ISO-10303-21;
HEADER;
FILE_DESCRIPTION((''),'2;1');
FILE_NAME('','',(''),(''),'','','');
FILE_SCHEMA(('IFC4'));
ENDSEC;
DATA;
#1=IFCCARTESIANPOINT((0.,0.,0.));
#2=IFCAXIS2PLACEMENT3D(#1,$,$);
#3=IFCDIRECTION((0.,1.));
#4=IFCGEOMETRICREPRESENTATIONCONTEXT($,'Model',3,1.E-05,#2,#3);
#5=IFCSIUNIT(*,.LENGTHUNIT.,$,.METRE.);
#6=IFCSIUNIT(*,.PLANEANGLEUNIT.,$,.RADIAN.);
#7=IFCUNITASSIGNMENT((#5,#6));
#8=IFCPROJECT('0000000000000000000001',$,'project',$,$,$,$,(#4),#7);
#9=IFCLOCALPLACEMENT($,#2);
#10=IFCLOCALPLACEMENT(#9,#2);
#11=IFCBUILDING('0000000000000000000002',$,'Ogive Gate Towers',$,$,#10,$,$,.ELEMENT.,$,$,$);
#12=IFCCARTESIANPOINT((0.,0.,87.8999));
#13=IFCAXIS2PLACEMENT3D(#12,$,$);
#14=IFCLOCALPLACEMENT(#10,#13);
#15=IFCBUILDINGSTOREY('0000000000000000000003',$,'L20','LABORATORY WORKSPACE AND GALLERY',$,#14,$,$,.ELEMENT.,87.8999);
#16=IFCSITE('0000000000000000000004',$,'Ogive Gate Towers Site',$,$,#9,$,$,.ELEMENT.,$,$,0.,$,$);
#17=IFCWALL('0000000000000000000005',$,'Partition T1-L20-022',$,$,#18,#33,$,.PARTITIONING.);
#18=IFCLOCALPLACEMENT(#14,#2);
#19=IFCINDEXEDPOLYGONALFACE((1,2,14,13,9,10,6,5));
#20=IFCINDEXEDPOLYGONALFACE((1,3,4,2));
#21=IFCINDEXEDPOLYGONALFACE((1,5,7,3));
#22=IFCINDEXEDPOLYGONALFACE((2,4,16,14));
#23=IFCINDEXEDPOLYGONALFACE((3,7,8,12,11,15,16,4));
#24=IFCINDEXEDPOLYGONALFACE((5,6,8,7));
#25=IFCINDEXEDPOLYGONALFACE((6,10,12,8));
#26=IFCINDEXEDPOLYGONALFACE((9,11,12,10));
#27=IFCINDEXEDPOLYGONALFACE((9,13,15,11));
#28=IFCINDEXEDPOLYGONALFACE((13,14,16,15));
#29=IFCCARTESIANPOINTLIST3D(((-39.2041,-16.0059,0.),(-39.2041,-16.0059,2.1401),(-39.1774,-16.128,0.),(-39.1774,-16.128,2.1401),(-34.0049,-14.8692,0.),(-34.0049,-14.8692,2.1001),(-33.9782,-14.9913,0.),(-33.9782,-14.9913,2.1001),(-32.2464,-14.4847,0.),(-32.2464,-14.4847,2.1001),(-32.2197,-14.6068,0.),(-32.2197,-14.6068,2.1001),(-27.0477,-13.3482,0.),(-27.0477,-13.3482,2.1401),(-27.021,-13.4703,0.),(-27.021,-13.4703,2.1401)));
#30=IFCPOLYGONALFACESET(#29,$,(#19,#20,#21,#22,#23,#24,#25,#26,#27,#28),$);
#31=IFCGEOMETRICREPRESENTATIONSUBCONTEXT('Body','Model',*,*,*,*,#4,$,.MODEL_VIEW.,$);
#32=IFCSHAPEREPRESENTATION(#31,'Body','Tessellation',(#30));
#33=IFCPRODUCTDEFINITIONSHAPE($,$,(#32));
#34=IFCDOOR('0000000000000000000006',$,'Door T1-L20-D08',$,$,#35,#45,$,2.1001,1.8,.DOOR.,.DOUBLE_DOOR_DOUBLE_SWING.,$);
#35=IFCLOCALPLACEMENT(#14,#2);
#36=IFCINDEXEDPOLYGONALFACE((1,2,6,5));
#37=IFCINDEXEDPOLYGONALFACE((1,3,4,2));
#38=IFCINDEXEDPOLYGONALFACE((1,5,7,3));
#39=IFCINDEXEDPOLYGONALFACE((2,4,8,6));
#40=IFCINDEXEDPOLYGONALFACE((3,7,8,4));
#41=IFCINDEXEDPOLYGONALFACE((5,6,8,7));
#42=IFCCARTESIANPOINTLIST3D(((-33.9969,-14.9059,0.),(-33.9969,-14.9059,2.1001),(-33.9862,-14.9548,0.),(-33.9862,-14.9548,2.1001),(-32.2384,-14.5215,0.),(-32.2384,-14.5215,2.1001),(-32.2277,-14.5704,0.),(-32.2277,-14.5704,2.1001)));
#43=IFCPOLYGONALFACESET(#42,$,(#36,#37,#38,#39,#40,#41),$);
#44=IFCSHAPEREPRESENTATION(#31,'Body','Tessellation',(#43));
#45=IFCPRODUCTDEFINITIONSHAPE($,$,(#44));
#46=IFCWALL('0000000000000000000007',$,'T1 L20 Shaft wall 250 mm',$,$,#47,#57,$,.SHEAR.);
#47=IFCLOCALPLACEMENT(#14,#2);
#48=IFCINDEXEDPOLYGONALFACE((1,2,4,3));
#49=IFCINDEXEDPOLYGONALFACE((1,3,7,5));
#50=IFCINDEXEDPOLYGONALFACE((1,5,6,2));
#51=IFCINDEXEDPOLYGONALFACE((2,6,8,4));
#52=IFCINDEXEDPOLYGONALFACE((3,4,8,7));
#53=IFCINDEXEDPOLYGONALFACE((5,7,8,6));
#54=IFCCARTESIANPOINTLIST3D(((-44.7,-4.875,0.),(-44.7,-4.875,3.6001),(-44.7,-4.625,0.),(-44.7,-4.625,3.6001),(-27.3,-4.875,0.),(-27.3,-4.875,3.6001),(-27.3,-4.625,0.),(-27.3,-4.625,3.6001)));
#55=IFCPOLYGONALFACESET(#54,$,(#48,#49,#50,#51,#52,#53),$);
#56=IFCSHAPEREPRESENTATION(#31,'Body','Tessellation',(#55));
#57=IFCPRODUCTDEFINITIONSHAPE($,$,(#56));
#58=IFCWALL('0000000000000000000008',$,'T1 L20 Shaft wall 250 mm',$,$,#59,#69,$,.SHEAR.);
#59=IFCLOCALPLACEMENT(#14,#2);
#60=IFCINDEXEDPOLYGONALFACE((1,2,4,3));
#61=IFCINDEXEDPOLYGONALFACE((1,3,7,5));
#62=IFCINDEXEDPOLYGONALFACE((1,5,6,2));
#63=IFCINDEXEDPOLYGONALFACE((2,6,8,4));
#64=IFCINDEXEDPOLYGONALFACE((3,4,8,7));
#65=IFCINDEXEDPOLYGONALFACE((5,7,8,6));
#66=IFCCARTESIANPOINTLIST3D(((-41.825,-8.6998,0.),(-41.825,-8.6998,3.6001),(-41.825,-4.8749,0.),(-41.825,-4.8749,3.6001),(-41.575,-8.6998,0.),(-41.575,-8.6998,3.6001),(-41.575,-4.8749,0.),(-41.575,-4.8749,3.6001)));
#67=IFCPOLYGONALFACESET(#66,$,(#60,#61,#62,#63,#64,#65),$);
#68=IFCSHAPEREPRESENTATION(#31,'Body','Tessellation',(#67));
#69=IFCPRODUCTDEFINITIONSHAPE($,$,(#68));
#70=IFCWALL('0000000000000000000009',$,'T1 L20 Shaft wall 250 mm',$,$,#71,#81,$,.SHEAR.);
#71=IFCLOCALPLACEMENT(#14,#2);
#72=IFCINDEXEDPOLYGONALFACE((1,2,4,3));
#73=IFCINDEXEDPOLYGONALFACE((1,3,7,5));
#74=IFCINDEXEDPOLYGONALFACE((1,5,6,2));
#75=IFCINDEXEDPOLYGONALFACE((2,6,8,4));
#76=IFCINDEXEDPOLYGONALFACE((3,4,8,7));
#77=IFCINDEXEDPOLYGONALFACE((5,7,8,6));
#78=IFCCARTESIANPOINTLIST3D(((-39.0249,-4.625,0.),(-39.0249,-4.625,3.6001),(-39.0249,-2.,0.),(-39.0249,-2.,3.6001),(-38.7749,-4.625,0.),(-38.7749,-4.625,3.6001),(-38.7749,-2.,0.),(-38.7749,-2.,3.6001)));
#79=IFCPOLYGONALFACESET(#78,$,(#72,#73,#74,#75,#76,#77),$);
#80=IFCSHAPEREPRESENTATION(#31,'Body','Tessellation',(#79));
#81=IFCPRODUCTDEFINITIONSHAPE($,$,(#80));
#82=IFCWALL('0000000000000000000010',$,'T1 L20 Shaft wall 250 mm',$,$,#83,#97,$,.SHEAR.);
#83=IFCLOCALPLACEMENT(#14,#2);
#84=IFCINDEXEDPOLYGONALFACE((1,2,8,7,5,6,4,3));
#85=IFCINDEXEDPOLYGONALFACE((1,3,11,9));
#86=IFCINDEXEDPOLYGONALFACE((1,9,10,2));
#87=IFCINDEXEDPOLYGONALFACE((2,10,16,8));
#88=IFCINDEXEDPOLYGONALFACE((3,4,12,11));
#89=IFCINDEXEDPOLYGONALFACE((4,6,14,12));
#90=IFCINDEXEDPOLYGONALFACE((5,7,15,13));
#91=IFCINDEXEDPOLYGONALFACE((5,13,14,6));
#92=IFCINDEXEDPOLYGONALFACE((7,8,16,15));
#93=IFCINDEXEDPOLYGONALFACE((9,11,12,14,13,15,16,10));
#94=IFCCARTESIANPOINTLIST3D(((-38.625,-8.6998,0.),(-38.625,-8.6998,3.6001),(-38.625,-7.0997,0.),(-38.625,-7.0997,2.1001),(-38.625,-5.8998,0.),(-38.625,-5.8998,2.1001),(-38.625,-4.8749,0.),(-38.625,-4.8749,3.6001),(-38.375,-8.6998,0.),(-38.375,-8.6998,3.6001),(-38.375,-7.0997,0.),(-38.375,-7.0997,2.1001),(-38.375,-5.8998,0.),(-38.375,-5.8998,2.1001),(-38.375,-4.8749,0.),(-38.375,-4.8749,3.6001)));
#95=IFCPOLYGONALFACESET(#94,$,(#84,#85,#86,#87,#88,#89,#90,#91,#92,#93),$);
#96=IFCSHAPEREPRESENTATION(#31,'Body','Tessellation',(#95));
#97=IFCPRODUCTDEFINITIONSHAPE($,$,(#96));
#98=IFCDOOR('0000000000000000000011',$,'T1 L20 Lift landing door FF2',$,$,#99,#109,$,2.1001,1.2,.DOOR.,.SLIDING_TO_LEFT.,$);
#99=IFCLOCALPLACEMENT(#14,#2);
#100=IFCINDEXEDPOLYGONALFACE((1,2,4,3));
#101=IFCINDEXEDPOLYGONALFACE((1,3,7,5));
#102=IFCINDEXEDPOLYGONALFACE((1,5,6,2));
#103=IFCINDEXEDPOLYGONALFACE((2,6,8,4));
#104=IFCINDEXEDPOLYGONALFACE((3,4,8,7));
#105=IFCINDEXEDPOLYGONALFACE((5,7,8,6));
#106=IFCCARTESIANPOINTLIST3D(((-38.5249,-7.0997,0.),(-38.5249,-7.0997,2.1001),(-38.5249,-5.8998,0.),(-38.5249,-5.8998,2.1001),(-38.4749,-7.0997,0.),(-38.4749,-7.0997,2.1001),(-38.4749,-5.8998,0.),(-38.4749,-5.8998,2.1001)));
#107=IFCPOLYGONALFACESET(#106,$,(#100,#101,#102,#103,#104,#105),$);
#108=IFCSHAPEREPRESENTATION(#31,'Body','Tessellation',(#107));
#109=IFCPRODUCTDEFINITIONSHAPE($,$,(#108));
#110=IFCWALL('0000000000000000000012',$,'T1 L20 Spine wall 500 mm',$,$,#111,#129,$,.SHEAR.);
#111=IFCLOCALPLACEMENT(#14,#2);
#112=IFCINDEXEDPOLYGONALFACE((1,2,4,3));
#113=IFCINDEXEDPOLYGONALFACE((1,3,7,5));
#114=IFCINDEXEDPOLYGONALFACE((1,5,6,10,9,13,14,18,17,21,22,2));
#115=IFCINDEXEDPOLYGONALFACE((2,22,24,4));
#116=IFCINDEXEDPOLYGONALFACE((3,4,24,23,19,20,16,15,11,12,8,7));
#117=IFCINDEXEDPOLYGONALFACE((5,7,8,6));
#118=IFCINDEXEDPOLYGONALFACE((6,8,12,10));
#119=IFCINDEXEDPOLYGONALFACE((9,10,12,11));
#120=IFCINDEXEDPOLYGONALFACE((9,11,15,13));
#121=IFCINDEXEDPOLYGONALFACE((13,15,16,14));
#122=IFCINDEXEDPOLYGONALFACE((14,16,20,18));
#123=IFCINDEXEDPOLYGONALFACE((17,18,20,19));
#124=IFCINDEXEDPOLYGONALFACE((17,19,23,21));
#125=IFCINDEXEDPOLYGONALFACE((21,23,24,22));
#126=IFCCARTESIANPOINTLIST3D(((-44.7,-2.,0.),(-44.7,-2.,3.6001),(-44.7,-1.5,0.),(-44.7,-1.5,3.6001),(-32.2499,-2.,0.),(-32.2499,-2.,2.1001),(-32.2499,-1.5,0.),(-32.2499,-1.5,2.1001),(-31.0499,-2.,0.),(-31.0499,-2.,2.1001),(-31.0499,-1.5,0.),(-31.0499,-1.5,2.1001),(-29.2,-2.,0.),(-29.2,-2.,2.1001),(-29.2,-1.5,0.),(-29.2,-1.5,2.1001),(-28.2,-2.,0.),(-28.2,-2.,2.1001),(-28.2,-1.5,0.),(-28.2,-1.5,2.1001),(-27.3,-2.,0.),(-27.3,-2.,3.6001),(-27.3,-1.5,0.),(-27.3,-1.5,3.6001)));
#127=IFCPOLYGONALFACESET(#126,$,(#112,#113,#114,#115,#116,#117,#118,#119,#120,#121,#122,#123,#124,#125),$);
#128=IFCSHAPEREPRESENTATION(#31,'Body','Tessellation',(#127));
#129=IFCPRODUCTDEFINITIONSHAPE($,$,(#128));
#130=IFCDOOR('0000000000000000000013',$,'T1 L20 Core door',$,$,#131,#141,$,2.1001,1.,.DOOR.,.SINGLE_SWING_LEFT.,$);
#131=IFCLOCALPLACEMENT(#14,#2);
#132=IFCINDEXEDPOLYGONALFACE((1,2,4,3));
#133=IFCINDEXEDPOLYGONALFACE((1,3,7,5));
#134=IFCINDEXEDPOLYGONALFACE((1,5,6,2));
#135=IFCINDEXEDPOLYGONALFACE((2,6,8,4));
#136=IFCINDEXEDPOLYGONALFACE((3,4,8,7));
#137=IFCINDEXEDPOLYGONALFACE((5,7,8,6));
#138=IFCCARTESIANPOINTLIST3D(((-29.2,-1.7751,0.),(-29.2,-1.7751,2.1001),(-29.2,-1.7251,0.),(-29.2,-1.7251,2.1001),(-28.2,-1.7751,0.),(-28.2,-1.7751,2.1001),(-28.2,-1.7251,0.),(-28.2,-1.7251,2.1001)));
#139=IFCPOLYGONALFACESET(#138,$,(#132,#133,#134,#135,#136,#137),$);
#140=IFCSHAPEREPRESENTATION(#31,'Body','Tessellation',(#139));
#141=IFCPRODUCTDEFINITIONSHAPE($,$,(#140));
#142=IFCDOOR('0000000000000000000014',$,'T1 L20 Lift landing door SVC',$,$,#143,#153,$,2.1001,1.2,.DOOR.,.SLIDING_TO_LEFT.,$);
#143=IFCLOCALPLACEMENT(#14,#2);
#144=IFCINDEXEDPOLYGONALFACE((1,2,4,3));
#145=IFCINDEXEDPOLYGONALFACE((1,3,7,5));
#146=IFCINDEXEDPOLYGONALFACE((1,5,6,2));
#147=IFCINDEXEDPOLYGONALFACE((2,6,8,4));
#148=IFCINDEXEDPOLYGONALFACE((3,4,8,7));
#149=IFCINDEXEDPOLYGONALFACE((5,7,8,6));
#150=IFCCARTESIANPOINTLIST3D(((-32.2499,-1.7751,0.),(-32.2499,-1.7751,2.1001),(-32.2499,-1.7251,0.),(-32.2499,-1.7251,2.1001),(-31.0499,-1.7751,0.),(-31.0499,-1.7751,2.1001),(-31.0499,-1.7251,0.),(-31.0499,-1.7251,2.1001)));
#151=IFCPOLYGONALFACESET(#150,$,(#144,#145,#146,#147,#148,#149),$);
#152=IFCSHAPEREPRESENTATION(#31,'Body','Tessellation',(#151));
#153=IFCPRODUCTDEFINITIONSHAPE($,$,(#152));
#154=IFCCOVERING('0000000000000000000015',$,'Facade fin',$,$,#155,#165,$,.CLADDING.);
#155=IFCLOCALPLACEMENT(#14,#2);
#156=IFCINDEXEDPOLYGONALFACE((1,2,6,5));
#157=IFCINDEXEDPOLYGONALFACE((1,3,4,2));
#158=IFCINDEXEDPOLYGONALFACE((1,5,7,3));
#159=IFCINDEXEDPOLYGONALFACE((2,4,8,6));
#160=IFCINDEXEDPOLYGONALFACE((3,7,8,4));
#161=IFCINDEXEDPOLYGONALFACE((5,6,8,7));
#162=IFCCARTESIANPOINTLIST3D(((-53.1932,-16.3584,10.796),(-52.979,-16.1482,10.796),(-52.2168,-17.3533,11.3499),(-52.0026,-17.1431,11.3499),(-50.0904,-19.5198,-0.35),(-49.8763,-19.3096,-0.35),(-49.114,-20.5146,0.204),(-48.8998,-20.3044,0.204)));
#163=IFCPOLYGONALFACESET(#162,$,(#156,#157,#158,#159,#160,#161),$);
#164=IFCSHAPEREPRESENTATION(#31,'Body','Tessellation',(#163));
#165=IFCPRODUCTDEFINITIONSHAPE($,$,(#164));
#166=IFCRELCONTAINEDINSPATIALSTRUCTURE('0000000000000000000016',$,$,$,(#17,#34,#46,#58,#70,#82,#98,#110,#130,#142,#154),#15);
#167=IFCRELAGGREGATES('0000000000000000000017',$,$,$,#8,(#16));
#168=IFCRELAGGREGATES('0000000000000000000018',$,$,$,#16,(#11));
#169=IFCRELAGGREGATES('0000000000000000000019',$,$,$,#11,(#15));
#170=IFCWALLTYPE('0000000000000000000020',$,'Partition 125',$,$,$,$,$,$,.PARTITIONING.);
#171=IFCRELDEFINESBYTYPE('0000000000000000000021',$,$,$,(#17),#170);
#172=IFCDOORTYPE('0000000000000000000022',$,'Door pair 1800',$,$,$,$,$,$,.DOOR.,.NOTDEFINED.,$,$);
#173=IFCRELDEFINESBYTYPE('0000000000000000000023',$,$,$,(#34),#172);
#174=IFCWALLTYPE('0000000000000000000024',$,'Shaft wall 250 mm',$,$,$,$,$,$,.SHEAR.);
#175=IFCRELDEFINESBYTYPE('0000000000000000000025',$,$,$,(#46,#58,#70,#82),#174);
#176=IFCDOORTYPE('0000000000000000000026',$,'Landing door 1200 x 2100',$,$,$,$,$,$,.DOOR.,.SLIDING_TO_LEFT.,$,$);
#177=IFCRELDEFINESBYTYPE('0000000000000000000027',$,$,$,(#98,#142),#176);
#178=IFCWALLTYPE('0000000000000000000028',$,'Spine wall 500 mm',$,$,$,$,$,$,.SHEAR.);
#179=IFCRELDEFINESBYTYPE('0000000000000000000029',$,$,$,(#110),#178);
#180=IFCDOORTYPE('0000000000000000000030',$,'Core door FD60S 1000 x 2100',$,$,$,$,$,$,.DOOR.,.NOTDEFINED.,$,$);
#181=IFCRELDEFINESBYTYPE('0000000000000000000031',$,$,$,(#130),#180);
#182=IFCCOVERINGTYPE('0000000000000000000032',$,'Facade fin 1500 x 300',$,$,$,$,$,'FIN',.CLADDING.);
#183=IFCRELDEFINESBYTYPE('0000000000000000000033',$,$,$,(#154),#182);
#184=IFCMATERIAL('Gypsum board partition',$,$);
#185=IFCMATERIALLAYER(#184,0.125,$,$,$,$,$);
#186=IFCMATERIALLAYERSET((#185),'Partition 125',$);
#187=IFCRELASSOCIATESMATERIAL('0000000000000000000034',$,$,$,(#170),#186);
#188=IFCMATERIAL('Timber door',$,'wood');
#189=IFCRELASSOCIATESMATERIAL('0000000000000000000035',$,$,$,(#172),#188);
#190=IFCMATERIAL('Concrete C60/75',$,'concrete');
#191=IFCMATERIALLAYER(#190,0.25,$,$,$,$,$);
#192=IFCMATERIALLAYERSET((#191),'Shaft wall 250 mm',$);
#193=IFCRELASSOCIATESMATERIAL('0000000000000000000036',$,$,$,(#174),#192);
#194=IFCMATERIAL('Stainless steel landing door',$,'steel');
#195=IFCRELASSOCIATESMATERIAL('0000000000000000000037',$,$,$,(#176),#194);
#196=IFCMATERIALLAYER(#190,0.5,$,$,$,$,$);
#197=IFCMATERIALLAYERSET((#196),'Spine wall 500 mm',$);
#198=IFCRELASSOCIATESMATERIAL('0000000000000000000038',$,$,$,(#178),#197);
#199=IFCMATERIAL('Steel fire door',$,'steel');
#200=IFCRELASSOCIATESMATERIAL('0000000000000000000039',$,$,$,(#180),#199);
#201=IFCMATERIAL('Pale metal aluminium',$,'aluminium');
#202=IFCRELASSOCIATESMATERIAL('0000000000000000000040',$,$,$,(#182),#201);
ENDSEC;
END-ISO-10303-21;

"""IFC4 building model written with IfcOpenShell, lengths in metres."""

from ifc_helpers import new_model, si_unit, direction, frame, frame_2d, origin, origin_2d, place, context, subcontext, project, spatial, rectangle, extrude, material, layer, layer_set, material_profile, profile_set, type_object, element, fill, save


model = new_model("IFC4")

# Units and contexts
model_context = context("Model", 3, precision=1e-05, world=origin(), true_north=direction((0.0, 1.0)))
body_context = subcontext(model_context, "Body", "Model", "MODEL_VIEW")
ifc_project = project(units=[si_unit("LENGTHUNIT", "METRE"), si_unit("PLANEANGLEUNIT", "RADIAN")], contexts=[model_context])

# Site, building, storey
site_placement = place(None, origin())
site = spatial("IfcSite", under=ifc_project, at=site_placement, Name="Ogive Gate Towers Site", CompositionType="ELEMENT", RefElevation=0.0)
building_placement = place(site_placement, origin())
building = spatial("IfcBuilding", under=site, at=building_placement, Name="Ogive Gate Towers", CompositionType="ELEMENT")
storey_placement = place(building_placement, frame((0.0, 0.0, 87.8999)))
storey = spatial("IfcBuildingStorey", under=building, at=storey_placement, Name="L20", Description="LABORATORY WORKSPACE AND GALLERY", CompositionType="ELEMENT", Elevation=87.8999)

# Shared definitions
ifc_material_1 = material(Name="Pale metal aluminium", Category="aluminium")

# Shared definitions
ifc_material_2 = material(Name="Concrete C60/75", Category="concrete")
ifc_material_3 = material(Name="Timber door", Category="wood")
ifc_material_4 = material(Name="Steel fire door", Category="steel")

# Wall, opening, door
ifc_material_5 = material(Name="Gypsum board partition")
ifc_layer_1 = layer(ifc_material_5, 0.125)
ifc_layer_set_1 = layer_set([ifc_layer_1], Name="Partition 125")
wall_type_1 = type_object("IfcWallType", Name="Partition 125", PredefinedType="PARTITIONING", material=ifc_layer_set_1)
door_type_1 = type_object("IfcDoorType", Name="Door pair 1800", OperationType="NOTDEFINED", PredefinedType="DOOR", material=ifc_material_3)
wall_1_placement = place(storey_placement, frame((-39.1907, -16.0669, 0.0), z_axis=(0.0, 0.0, 1.0), x_axis=(0.976925, 0.21358, 0.0)))
wall_1 = element("IfcWall", 1, at=wall_1_placement, inside=storey, type_object=wall_type_1, Name="Partition T1-L20-022", PredefinedType="PARTITIONING", context=body_context, shape_type="SweptSolid", body=[
    extrude(rectangle(XDim=12.4436, YDim=0.125, at=frame_2d((6.2217, 0.0))), origin(), (0.0, 0.0, 1.0), 2.1401),
])
opening_1_placement = place(wall_1_placement, frame((5.322, 0.0, 0.0)))
opening_1 = element("IfcOpeningElement", 2, at=opening_1_placement, cuts=wall_1, PredefinedType="OPENING", context=body_context, shape_type="SweptSolid", body=[
    extrude(rectangle(XDim=1.8, YDim=2.1001, at=frame_2d((0.8999, 1.05))), frame((0.0, 0.0725, 0.0), z_axis=(0.0, -1.0, 0.0), x_axis=(1.0, 0.0, 0.0)), (0.0, 0.0, 1.0), 0.145),
])
door_1_placement = place(opening_1_placement, origin())
door_1 = element("IfcDoor", 3, at=door_1_placement, inside=storey, type_object=door_type_1, Name="Door T1-L20-D08", OperationType="DOUBLE_DOOR_DOUBLE_SWING", OverallHeight=2.1001, OverallWidth=1.8, PredefinedType="DOOR", context=body_context, shape_type="SweptSolid", body=[
    extrude(rectangle(XDim=1.8, YDim=2.1001, at=frame_2d((0.8999, 1.05))), frame((0.0, 0.0249, 0.0), z_axis=(0.0, -1.0, 0.0), x_axis=(1.0, 0.0, 0.0)), (0.0, 0.0, 1.0), 0.05),
])
fill(opening_1, door_1)

# Walls
ifc_layer_2 = layer(ifc_material_2, 0.25)
ifc_layer_set_2 = layer_set([ifc_layer_2], Name="Shaft wall 250 mm")
wall_type_2 = type_object("IfcWallType", Name="Shaft wall 250 mm", PredefinedType="SHEAR", material=ifc_layer_set_2)
wall_2_placement = place(storey_placement, frame((-44.7, -4.75, 0.0), z_axis=(0.0, 0.0, 1.0), x_axis=(1.0, 0.0, 0.0)))
element("IfcWall", 4, at=wall_2_placement, inside=storey, type_object=wall_type_2, Name="T1 L20 Shaft wall 250 mm", PredefinedType="SHEAR", context=body_context, shape_type="SweptSolid", body=[
    extrude(rectangle(XDim=17.3999, YDim=0.25, at=frame_2d((8.7, 0.0))), origin(), (0.0, 0.0, 1.0), 3.6001),
])
wall_3_placement = place(storey_placement, frame((-41.7, -8.7, 0.0), z_axis=(0.0, 0.0, 1.0), x_axis=(0.0, 1.0, 0.0)))
element("IfcWall", 5, at=wall_3_placement, inside=storey, type_object=wall_type_2, Name="T1 L20 Shaft wall 250 mm", PredefinedType="SHEAR", context=body_context, shape_type="SweptSolid", body=[
    extrude(rectangle(XDim=3.825, YDim=0.25, at=frame_2d((1.9126, 0.0))), origin(), (0.0, 0.0, 1.0), 3.6001),
])
wall_4_placement = place(storey_placement, frame((-38.8999, -4.625, 0.0), z_axis=(0.0, 0.0, 1.0), x_axis=(0.0, 1.0, 0.0)))
element("IfcWall", 6, at=wall_4_placement, inside=storey, type_object=wall_type_2, Name="T1 L20 Shaft wall 250 mm", PredefinedType="SHEAR", context=body_context, shape_type="SweptSolid", body=[
    extrude(rectangle(XDim=2.625, YDim=0.25, at=frame_2d((1.3125, 0.0))), origin(), (0.0, 0.0, 1.0), 3.6001),
])

# Wall, opening, door
wall_5_placement = place(storey_placement, frame((-38.5, -8.7, 0.0), z_axis=(0.0, 0.0, 1.0), x_axis=(0.0, 1.0, 0.0)))
wall_5 = element("IfcWall", 7, at=wall_5_placement, inside=storey, type_object=wall_type_2, Name="T1 L20 Shaft wall 250 mm", PredefinedType="SHEAR", context=body_context, shape_type="SweptSolid", body=[
    extrude(rectangle(XDim=3.825, YDim=0.25, at=frame_2d((1.9126, 0.0))), origin(), (0.0, 0.0, 1.0), 3.6001),
])
opening_2_placement = place(wall_5_placement, frame((1.6001, 0.0, 0.0)))
opening_2 = element("IfcOpeningElement", 8, at=opening_2_placement, cuts=wall_5, PredefinedType="OPENING", context=body_context, shape_type="SweptSolid", body=[
    extrude(rectangle(XDim=1.2, YDim=2.1001, at=frame_2d((0.6001, 1.05))), frame((0.0, 0.135, 0.0), z_axis=(0.0, -1.0, 0.0), x_axis=(1.0, 0.0, 0.0)), (0.0, 0.0, 1.0), 0.27),
])
ifc_material_6 = material(Name="Stainless steel landing door", Category="steel")
door_type_2 = type_object("IfcDoorType", Name="Landing door 1200 x 2100", OperationType="SLIDING_TO_LEFT", PredefinedType="DOOR", material=ifc_material_6)
door_2_placement = place(opening_2_placement, origin())
door_2 = element("IfcDoor", 9, at=door_2_placement, inside=storey, type_object=door_type_2, Name="T1 L20 Lift landing door FF2", OperationType="SLIDING_TO_LEFT", OverallHeight=2.1001, OverallWidth=1.2, PredefinedType="DOOR", context=body_context, shape_type="SweptSolid", body=[
    extrude(rectangle(XDim=1.2, YDim=2.1001, at=frame_2d((0.6001, 1.05))), frame((0.0, 0.0249, 0.0), z_axis=(0.0, -1.0, 0.0), x_axis=(1.0, 0.0, 0.0)), (0.0, 0.0, 1.0), 0.05),
])
fill(opening_2, door_2)

# Wall, openings, doors
ifc_layer_3 = layer(ifc_material_2, 0.5)
ifc_layer_set_3 = layer_set([ifc_layer_3], Name="Spine wall 500 mm")
wall_type_3 = type_object("IfcWallType", Name="Spine wall 500 mm", PredefinedType="SHEAR", material=ifc_layer_set_3)
wall_6_placement = place(storey_placement, frame((-44.7, -1.75, 0.0), z_axis=(0.0, 0.0, 1.0), x_axis=(1.0, 0.0, 0.0)))
wall_6 = element("IfcWall", 10, at=wall_6_placement, inside=storey, type_object=wall_type_3, Name="T1 L20 Spine wall 500 mm", PredefinedType="SHEAR", context=body_context, shape_type="SweptSolid", body=[
    extrude(rectangle(XDim=17.3999, YDim=0.5, at=frame_2d((8.7, 0.0))), origin(), (0.0, 0.0, 1.0), 3.6001),
])
opening_3_placement = place(wall_6_placement, frame((12.45, 0.0, 0.0)))
opening_3 = element("IfcOpeningElement", 11, at=opening_3_placement, cuts=wall_6, PredefinedType="OPENING", context=body_context, shape_type="SweptSolid", body=[
    extrude(rectangle(XDim=1.2, YDim=2.1001, at=frame_2d((0.6001, 1.05))), frame((0.0, 0.26, 0.0), z_axis=(0.0, -1.0, 0.0), x_axis=(1.0, 0.0, 0.0)), (0.0, 0.0, 1.0), 0.52),
])
opening_4_placement = place(wall_6_placement, frame((15.5, 0.0, 0.0)))
opening_4 = element("IfcOpeningElement", 12, at=opening_4_placement, cuts=wall_6, PredefinedType="OPENING", context=body_context, shape_type="SweptSolid", body=[
    extrude(rectangle(XDim=1.0, YDim=2.1001, at=frame_2d((0.5, 1.05))), frame((0.0, 0.26, 0.0), z_axis=(0.0, -1.0, 0.0), x_axis=(1.0, 0.0, 0.0)), (0.0, 0.0, 1.0), 0.52),
])
door_type_3 = type_object("IfcDoorType", Name="Core door FD60S 1000 x 2100", OperationType="NOTDEFINED", PredefinedType="DOOR", material=ifc_material_4)
door_3_placement = place(opening_4_placement, origin())
door_3 = element("IfcDoor", 13, at=door_3_placement, inside=storey, type_object=door_type_3, Name="T1 L20 Core door", OperationType="SINGLE_SWING_LEFT", OverallHeight=2.1001, OverallWidth=1.0, PredefinedType="DOOR", context=body_context, shape_type="SweptSolid", body=[
    extrude(rectangle(XDim=1.0, YDim=2.1001, at=frame_2d((0.5, 1.05))), frame((0.0, 0.0249, 0.0), z_axis=(0.0, -1.0, 0.0), x_axis=(1.0, 0.0, 0.0)), (0.0, 0.0, 1.0), 0.05),
])
fill(opening_4, door_3)
door_4_placement = place(opening_3_placement, origin())
door_4 = element("IfcDoor", 14, at=door_4_placement, inside=storey, type_object=door_type_2, Name="T1 L20 Lift landing door SVC", OperationType="SLIDING_TO_LEFT", OverallHeight=2.1001, OverallWidth=1.2, PredefinedType="DOOR", context=body_context, shape_type="SweptSolid", body=[
    extrude(rectangle(XDim=1.2, YDim=2.1001, at=frame_2d((0.6001, 1.05))), frame((0.0, 0.0249, 0.0), z_axis=(0.0, -1.0, 0.0), x_axis=(1.0, 0.0, 0.0)), (0.0, 0.0, 1.0), 0.05),
])
fill(opening_3, door_4)

# Covering
ifc_material_profile_1 = material_profile(ifc_material_1, rectangle(XDim=0.3, YDim=1.5, at=origin_2d()), Name="1500 x 300 pale metal aluminium")
ifc_profile_set_1 = profile_set([ifc_material_profile_1], Name="Pale metal aluminium")
covering_type = type_object("IfcCoveringType", Name="Facade fin 1500 x 300", ElementType="FIN", PredefinedType="CLADDING", material=ifc_profile_set_1)
covering_1_placement = place(storey_placement, frame((-49.4951, -19.9121, -0.073), z_axis=(-0.258696, 0.263581, 0.929302), x_axis=(-0.71369, -0.700462, 0.0)))
element("IfcCovering", 15, at=covering_1_placement, inside=storey, type_object=covering_type, Name="Facade fin", PredefinedType="CLADDING", context=body_context, shape_type="SweptSolid", body=[
    extrude(rectangle(XDim=0.3, YDim=1.5, at=origin_2d()), origin(), (0.0, 0.0, 1.0), 11.9939),
])

save(model, "model.ifc")
